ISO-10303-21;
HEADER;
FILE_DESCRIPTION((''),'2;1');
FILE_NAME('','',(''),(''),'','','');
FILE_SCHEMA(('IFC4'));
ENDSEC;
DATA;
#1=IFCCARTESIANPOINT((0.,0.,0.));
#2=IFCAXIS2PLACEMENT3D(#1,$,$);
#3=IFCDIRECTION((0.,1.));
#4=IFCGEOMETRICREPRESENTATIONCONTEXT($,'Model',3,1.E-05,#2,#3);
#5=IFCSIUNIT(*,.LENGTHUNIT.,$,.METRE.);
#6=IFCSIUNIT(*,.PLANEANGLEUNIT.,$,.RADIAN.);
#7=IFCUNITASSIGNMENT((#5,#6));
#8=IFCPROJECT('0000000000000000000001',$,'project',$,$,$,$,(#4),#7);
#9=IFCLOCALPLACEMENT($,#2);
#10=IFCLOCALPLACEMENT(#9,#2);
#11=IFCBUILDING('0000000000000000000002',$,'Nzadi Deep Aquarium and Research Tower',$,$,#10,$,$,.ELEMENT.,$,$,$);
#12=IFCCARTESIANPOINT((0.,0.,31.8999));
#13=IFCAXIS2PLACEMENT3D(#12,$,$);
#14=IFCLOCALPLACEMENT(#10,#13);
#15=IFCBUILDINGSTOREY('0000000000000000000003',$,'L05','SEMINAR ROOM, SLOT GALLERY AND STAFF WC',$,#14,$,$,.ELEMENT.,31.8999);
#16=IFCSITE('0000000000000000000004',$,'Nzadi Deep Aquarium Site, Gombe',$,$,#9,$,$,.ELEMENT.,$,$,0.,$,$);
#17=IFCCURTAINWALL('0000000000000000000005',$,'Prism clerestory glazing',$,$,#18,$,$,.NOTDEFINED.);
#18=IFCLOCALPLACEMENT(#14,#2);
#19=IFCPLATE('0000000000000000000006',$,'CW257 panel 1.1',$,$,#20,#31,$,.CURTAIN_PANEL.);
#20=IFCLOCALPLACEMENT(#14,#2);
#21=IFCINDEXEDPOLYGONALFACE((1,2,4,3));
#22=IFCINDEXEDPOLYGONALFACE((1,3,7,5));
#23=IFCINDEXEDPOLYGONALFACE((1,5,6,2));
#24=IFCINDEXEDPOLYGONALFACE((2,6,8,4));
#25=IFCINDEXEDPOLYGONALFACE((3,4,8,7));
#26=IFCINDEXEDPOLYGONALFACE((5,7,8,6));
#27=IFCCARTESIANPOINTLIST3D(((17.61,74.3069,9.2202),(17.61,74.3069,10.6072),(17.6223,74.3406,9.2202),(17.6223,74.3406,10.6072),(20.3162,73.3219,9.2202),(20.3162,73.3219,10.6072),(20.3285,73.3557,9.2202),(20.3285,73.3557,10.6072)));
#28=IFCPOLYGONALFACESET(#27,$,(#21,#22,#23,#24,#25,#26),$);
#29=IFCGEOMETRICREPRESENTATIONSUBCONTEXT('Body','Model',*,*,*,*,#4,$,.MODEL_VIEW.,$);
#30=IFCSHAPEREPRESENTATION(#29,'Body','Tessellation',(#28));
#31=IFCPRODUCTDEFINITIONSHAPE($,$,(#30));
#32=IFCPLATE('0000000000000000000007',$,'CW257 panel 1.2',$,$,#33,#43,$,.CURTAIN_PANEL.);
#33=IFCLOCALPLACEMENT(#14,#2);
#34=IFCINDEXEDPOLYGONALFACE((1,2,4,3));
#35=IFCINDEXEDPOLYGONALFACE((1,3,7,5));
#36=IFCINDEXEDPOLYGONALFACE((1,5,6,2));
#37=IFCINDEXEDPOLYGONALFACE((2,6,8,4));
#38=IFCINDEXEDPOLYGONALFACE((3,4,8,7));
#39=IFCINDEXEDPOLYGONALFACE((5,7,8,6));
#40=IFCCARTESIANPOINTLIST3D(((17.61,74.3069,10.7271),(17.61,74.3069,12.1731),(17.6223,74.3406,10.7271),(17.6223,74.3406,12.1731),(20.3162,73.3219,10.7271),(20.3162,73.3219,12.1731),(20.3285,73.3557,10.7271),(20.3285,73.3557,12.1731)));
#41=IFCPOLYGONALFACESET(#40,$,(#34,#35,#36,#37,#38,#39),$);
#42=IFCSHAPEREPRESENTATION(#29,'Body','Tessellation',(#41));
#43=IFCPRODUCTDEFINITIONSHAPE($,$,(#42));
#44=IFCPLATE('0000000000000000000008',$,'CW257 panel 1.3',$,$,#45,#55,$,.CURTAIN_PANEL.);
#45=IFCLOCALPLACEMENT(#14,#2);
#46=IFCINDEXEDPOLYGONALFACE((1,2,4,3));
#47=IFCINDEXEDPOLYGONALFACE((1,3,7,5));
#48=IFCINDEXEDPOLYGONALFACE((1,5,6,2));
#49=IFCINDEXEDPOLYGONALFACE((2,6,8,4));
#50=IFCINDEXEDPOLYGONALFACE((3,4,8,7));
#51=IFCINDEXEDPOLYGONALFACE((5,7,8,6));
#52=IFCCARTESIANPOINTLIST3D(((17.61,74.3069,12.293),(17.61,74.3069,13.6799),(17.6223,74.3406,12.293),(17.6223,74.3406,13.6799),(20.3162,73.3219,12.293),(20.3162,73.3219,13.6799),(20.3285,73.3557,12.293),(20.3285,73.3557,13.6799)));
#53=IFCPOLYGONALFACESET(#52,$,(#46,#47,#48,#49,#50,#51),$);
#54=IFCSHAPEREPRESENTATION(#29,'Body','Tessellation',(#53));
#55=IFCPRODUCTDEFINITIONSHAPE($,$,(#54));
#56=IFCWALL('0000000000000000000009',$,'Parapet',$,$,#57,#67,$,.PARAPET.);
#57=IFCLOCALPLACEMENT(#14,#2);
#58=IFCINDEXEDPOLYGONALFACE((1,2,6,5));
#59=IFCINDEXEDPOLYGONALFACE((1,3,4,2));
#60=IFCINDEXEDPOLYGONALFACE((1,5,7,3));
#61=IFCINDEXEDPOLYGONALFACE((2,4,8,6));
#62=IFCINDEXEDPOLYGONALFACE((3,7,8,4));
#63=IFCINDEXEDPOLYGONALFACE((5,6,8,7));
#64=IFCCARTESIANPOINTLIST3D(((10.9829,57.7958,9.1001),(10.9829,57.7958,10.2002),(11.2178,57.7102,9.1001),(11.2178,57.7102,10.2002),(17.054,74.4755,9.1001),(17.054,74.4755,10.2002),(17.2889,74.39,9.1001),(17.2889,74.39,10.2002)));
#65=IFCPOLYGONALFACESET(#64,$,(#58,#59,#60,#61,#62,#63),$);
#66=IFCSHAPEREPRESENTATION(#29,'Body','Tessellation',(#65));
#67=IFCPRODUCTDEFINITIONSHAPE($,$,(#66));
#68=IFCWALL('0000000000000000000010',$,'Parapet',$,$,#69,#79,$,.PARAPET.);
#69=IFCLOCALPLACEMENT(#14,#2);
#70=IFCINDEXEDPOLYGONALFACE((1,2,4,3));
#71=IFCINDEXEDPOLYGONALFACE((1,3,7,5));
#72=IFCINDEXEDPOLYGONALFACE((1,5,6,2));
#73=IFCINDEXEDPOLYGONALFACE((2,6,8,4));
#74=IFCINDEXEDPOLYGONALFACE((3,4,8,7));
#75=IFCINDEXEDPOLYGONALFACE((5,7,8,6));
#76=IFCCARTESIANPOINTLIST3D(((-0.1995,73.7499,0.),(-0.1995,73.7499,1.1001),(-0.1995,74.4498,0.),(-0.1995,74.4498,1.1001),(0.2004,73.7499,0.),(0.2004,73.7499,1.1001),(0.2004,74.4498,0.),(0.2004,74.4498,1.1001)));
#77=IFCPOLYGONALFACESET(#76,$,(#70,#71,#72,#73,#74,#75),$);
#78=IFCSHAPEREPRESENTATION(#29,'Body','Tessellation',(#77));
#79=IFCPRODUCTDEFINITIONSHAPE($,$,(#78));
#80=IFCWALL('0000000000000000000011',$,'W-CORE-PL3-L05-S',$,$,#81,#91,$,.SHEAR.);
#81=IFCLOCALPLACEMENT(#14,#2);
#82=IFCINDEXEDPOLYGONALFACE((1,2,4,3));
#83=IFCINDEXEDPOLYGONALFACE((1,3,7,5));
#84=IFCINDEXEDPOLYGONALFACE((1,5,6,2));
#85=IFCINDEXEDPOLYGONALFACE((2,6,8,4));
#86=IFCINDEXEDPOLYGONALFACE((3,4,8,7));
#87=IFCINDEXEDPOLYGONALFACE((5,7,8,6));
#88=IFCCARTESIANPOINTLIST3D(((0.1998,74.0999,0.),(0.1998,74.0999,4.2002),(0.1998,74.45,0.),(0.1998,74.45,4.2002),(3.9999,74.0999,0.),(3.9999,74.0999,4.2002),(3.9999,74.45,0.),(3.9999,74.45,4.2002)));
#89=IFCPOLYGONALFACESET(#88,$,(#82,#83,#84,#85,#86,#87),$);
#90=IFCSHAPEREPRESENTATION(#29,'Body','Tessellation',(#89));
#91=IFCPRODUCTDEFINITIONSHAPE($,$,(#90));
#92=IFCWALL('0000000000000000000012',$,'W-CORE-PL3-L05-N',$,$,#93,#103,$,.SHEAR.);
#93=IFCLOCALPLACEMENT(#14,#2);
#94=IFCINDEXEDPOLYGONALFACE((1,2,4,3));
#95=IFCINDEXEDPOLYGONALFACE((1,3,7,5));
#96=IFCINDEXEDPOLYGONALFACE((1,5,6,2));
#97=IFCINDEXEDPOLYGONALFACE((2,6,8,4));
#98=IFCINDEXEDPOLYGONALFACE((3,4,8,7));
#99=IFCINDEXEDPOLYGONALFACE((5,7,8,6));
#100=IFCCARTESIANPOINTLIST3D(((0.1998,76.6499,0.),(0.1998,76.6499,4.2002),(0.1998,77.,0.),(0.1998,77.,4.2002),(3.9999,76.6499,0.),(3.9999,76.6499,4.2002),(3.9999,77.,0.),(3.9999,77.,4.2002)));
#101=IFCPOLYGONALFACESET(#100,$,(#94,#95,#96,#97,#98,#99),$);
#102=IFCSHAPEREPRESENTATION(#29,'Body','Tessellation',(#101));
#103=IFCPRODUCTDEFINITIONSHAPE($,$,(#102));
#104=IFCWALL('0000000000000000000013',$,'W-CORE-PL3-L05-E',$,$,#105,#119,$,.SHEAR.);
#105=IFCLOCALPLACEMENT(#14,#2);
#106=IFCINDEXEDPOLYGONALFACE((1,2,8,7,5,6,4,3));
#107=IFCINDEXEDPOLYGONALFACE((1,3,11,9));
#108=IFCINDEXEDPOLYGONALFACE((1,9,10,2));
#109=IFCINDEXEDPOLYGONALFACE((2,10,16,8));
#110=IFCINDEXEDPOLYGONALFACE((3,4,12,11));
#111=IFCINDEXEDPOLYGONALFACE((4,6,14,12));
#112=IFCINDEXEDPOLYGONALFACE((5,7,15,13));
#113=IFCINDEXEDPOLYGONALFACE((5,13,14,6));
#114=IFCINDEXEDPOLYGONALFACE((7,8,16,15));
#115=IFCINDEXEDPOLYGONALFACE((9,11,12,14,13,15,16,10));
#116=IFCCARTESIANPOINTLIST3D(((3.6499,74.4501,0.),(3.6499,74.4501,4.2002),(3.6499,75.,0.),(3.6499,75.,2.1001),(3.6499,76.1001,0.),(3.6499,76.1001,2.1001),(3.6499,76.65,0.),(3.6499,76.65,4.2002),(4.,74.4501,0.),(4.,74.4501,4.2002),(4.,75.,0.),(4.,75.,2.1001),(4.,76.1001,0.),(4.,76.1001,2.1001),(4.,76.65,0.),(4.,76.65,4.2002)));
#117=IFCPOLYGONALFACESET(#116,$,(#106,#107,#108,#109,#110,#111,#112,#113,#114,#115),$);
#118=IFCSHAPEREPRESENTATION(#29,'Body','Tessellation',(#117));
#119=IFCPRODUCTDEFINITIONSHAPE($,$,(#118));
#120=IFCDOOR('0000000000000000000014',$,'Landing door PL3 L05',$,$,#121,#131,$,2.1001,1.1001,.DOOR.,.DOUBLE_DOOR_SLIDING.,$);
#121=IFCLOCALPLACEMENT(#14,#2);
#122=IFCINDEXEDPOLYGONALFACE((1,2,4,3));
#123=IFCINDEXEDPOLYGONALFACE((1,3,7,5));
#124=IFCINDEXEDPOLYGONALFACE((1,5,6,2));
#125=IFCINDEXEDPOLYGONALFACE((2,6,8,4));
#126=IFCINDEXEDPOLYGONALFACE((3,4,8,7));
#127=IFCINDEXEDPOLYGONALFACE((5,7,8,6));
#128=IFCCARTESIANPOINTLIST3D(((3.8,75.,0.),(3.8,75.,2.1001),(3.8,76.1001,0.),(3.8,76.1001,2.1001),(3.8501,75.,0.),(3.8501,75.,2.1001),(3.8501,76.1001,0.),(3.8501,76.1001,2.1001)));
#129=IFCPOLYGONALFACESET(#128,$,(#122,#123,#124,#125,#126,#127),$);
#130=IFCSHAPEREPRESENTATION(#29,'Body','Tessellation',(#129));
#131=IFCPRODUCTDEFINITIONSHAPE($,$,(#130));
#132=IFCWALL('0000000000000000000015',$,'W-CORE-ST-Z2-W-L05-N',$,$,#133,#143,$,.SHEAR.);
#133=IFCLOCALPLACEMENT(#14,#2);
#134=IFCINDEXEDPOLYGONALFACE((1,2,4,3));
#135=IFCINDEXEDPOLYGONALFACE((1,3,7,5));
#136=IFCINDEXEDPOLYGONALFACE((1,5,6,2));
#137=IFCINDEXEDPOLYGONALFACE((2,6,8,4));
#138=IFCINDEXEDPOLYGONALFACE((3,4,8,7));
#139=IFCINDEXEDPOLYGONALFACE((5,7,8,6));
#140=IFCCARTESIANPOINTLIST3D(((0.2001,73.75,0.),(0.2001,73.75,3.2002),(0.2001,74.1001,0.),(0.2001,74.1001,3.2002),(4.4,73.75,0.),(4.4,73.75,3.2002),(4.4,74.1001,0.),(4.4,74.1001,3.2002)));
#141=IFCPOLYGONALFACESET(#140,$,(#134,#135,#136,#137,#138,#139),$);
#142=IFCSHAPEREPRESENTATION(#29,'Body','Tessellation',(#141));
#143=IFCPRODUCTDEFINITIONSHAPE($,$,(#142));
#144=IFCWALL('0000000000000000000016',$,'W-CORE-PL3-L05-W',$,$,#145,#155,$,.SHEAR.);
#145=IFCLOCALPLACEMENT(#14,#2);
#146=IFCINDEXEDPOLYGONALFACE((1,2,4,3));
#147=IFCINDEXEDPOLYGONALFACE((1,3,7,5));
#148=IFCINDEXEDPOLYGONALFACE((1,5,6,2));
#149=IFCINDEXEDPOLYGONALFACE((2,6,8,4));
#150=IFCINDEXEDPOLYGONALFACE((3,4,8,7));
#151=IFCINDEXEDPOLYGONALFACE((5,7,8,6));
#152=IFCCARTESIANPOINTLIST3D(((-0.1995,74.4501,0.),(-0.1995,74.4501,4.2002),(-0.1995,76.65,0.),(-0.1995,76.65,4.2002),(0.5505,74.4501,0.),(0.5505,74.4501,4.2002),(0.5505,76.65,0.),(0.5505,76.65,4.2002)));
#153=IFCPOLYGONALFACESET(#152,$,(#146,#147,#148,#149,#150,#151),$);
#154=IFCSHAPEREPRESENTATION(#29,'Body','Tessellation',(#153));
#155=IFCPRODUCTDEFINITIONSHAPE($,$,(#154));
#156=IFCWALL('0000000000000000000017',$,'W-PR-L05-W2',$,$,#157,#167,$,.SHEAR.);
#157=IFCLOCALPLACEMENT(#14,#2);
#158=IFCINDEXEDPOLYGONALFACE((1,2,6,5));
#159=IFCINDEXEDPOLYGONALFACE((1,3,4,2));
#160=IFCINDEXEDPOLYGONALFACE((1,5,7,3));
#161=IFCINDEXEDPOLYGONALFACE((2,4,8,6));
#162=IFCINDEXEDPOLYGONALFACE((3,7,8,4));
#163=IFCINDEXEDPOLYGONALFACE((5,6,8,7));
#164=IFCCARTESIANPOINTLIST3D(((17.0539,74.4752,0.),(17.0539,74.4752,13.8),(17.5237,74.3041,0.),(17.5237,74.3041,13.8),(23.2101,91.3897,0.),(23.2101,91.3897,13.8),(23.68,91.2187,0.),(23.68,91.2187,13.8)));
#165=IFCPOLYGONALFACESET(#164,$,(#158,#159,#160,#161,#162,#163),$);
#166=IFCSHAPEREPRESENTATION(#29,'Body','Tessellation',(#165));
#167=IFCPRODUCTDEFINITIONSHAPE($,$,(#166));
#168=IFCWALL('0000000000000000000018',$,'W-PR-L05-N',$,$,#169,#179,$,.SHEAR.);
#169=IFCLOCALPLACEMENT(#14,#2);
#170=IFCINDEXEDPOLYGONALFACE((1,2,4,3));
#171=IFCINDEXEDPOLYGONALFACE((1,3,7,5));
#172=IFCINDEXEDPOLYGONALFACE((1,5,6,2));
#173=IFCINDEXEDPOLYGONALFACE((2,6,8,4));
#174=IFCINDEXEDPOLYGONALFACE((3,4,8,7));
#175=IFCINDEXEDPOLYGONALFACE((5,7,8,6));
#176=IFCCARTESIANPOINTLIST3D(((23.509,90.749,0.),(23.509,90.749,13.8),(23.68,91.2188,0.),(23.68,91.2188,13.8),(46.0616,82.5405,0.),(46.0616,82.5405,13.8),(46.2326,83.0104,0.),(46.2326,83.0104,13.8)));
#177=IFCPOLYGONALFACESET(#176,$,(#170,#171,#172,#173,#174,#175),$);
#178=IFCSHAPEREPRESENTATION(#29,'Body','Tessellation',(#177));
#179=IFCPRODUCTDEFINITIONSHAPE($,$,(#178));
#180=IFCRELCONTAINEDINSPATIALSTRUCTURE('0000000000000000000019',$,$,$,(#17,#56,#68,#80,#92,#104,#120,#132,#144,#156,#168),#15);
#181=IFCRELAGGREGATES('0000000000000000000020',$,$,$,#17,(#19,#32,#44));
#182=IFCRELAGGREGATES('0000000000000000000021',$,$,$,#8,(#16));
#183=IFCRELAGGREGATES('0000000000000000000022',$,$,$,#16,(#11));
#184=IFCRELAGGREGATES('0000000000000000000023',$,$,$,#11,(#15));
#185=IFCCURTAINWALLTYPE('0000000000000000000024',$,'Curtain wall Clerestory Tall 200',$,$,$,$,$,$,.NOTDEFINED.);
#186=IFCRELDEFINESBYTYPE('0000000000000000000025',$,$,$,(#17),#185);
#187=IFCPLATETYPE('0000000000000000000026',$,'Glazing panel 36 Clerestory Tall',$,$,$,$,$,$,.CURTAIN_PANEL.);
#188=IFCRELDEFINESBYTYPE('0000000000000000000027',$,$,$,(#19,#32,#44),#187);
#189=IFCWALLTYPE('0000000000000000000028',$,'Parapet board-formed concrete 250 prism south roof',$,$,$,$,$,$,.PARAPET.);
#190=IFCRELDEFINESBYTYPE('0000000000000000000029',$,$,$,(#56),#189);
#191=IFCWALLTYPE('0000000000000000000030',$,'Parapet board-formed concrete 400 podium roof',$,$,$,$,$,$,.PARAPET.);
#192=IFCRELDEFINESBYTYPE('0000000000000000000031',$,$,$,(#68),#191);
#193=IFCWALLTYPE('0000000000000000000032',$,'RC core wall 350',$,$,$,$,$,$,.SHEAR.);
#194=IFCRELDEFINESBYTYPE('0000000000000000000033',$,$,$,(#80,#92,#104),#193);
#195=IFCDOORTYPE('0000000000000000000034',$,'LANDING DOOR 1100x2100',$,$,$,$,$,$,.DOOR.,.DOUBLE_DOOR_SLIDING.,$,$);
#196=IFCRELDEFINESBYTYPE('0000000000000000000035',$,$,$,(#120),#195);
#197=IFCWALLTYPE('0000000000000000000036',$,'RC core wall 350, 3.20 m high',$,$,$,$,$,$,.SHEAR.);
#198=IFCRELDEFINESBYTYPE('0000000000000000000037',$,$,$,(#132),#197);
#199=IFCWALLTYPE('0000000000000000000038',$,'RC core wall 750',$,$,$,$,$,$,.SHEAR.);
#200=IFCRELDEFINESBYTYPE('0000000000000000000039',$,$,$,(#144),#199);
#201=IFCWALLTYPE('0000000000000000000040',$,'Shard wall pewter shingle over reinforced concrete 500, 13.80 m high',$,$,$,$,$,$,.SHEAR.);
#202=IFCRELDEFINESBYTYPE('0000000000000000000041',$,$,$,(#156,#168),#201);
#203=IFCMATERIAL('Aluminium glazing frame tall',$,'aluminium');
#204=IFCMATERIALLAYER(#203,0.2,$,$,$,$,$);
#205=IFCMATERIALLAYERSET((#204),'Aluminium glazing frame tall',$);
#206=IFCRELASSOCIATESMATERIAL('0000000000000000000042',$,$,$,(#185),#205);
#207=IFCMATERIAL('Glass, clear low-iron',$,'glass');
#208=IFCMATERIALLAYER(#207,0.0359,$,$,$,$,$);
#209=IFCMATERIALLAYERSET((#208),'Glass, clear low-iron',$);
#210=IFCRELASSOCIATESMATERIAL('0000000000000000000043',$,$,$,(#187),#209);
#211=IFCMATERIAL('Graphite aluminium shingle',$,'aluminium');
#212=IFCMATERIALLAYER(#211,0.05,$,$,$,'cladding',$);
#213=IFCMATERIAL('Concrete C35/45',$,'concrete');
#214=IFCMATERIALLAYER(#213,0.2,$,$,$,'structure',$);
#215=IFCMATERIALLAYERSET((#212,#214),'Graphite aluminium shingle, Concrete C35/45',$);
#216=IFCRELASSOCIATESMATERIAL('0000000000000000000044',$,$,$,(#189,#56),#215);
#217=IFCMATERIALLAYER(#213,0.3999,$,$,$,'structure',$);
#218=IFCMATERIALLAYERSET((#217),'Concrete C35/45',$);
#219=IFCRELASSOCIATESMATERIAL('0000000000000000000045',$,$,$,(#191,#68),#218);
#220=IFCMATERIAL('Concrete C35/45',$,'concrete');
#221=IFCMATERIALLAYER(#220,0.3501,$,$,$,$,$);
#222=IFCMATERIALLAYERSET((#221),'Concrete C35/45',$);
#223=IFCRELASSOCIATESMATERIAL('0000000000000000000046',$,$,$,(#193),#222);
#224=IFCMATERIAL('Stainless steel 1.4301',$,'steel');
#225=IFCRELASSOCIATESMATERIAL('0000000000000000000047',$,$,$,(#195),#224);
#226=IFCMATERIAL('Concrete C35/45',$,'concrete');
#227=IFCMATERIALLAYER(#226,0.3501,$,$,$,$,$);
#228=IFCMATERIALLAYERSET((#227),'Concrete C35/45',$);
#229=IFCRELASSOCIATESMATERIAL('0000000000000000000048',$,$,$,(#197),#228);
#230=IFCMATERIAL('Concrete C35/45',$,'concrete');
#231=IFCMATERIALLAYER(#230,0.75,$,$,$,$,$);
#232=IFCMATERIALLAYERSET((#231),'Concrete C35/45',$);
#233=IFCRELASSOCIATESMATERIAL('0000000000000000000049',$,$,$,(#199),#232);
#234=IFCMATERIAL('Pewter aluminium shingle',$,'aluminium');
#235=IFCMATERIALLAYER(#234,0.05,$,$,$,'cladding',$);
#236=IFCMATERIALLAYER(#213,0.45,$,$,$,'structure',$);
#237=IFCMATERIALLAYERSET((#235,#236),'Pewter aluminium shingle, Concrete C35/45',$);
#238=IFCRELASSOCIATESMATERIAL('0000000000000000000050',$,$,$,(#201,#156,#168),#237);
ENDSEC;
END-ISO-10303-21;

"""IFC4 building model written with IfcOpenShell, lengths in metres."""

from ifc_helpers import new_model, si_unit, direction, frame, frame_2d, origin, origin_2d, place, context, subcontext, project, spatial, rectangle, extrude, material, layer, layer_set, layer_usage, type_object, element, fill, aggregate, save


model = new_model("IFC4")

# Units and contexts
model_context = context("Model", 3, precision=1e-05, world=origin(), true_north=direction((0.0, 1.0)))
body_context = subcontext(model_context, "Body", "Model", "MODEL_VIEW")
ifc_project = project(units=[si_unit("LENGTHUNIT", "METRE"), si_unit("PLANEANGLEUNIT", "RADIAN")], contexts=[model_context])

# Site, building, storey
site_placement = place(None, origin())
site = spatial("IfcSite", under=ifc_project, at=site_placement, Name="Nzadi Deep Aquarium Site, Gombe", CompositionType="ELEMENT", RefElevation=0.0)
building_placement = place(site_placement, origin())
building = spatial("IfcBuilding", under=site, at=building_placement, Name="Nzadi Deep Aquarium and Research Tower", CompositionType="ELEMENT")
storey_placement = place(building_placement, frame((0.0, 0.0, 31.8999)))
storey = spatial("IfcBuildingStorey", under=building, at=storey_placement, Name="L05", Description="SEMINAR ROOM, SLOT GALLERY AND STAFF WC", CompositionType="ELEMENT", Elevation=31.8999)

# Curtain wall
ifc_material_1 = material(Name="Aluminium glazing frame tall", Category="aluminium")
ifc_layer_1 = layer(ifc_material_1, 0.2)
ifc_layer_set_1 = layer_set([ifc_layer_1], Name="Aluminium glazing frame tall")
curtain_wall_type = type_object("IfcCurtainWallType", Name="Curtain wall Clerestory Tall 200", PredefinedType="NOTDEFINED", material=ifc_layer_set_1)
curtain_wall_placement = place(storey_placement, origin())
curtain_wall = element("IfcCurtainWall", 1, at=curtain_wall_placement, inside=storey, type_object=curtain_wall_type, Name="Prism clerestory glazing", PredefinedType="NOTDEFINED")

# Plates
ifc_material_2 = material(Name="Glass, clear low-iron", Category="glass")
ifc_layer_2 = layer(ifc_material_2, 0.0359)
ifc_layer_set_2 = layer_set([ifc_layer_2], Name="Glass, clear low-iron")
plate_type = type_object("IfcPlateType", Name="Glazing panel 36 Clerestory Tall", PredefinedType="CURTAIN_PANEL", material=ifc_layer_set_2)
plate_1_placement = place(storey_placement, frame((18.9692, 73.8313, 9.2202), z_axis=(0.0, 0.0, 1.0), x_axis=(0.939693, -0.34202, 0.0)))
plate_1 = element("IfcPlate", 2, at=plate_1_placement, type_object=plate_type, Name="CW257 panel 1.1", PredefinedType="CURTAIN_PANEL", context=body_context, shape_type="SweptSolid", body=[
    extrude(rectangle(XDim=2.8799, YDim=0.0359, at=origin_2d()), origin(), (0.0, 0.0, 1.0), 1.387),
])
plate_2_placement = place(storey_placement, frame((18.9692, 73.8313, 10.7271), z_axis=(0.0, 0.0, 1.0), x_axis=(0.939693, -0.34202, 0.0)))
plate_2 = element("IfcPlate", 3, at=plate_2_placement, type_object=plate_type, Name="CW257 panel 1.2", PredefinedType="CURTAIN_PANEL", context=body_context, shape_type="SweptSolid", body=[
    extrude(rectangle(XDim=2.8799, YDim=0.0359, at=origin_2d()), origin(), (0.0, 0.0, 1.0), 1.446),
])
plate_3_placement = place(storey_placement, frame((18.9692, 73.8313, 12.293), z_axis=(0.0, 0.0, 1.0), x_axis=(0.939693, -0.34202, 0.0)))
plate_3 = element("IfcPlate", 4, at=plate_3_placement, type_object=plate_type, Name="CW257 panel 1.3", PredefinedType="CURTAIN_PANEL", context=body_context, shape_type="SweptSolid", body=[
    extrude(rectangle(XDim=2.8799, YDim=0.0359, at=origin_2d()), origin(), (0.0, 0.0, 1.0), 1.387),
])
aggregate(curtain_wall, [plate_1, plate_2, plate_3])

# Walls
ifc_material_3 = material(Name="Graphite aluminium shingle", Category="aluminium")
ifc_layer_3 = layer(ifc_material_3, 0.05, Category="cladding")
ifc_material_4 = material(Name="Concrete C35/45", Category="concrete")
ifc_layer_4 = layer(ifc_material_4, 0.2, Category="structure")
ifc_layer_set_3 = layer_set([ifc_layer_3, ifc_layer_4], Name="Graphite aluminium shingle, Concrete C35/45")
ifc_layer_usage_1 = layer_usage(ifc_layer_set_3, "AXIS2", "POSITIVE", -0.125)
wall_type_1 = type_object("IfcWallType", Name="Parapet board-formed concrete 250 prism south roof", PredefinedType="PARAPET", material=ifc_layer_set_3)
wall_1_placement = place(storey_placement, frame((17.1714, 74.4326, 9.1001), z_axis=(0.0, 0.0, 1.0), x_axis=(-0.342027, -0.93969, 0.0)))
element("IfcWall", 5, at=wall_1_placement, inside=storey, type_object=wall_type_1, material=ifc_layer_usage_1, Name="Parapet", PredefinedType="PARAPET", context=body_context, shape_type="SweptSolid", body=[
    extrude(rectangle(XDim=17.7502, YDim=0.25, at=frame_2d((8.875, 0.0))), origin(), (0.0, 0.0, 1.0), 1.1001),
])
ifc_layer_5 = layer(ifc_material_4, 0.3999, Category="structure")
ifc_layer_set_4 = layer_set([ifc_layer_5], Name="Concrete C35/45")
ifc_layer_usage_2 = layer_usage(ifc_layer_set_4, "AXIS2", "POSITIVE", -0.2)
wall_type_2 = type_object("IfcWallType", Name="Parapet board-formed concrete 400 podium roof", PredefinedType="PARAPET", material=ifc_layer_set_4)
wall_2_placement = place(storey_placement, frame((0.0005, 74.45, 0.0), z_axis=(0.0, 0.0, 1.0), x_axis=(0.0, -1.0, 0.0)))
element("IfcWall", 6, at=wall_2_placement, inside=storey, type_object=wall_type_2, material=ifc_layer_usage_2, Name="Parapet", PredefinedType="PARAPET", context=body_context, shape_type="SweptSolid", body=[
    extrude(rectangle(XDim=0.7, YDim=0.3999, at=frame_2d((0.3501, 0.0))), origin(), (0.0, 0.0, 1.0), 1.1001),
])
ifc_material_5 = material(Name="Concrete C35/45", Category="concrete")
ifc_layer_6 = layer(ifc_material_5, 0.3501)
ifc_layer_set_5 = layer_set([ifc_layer_6], Name="Concrete C35/45")
wall_type_3 = type_object("IfcWallType", Name="RC core wall 350", PredefinedType="SHEAR", material=ifc_layer_set_5)
for number, where, z_axis, x_axis, name in (
    (7, (0.2, 74.2749, 0.0), (0.0, 0.0, 1.0), (1.0, 0.0, 0.0), "W-CORE-PL3-L05-S"),
    (8, (0.2, 76.825, 0.0), (0.0, 0.0, 1.0), (1.0, 0.0, 0.0), "W-CORE-PL3-L05-N"),
):
    element("IfcWall", number, at=place(storey_placement, frame(where, z_axis=z_axis, x_axis=x_axis)), inside=storey, type_object=wall_type_3, Name=name, PredefinedType="SHEAR", context=body_context, shape_type="SweptSolid", body=[
        extrude(rectangle(XDim=3.8, YDim=0.3501, at=frame_2d((1.8999, 0.0))), origin(), (0.0, 0.0, 1.0), 4.2002),
    ])

# Wall, opening, door
wall_3_placement = place(storey_placement, frame((3.825, 74.45, 0.0), z_axis=(0.0, 0.0, 1.0), x_axis=(0.0, 1.0, 0.0)))
wall_3 = element("IfcWall", 9, at=wall_3_placement, inside=storey, type_object=wall_type_3, Name="W-CORE-PL3-L05-E", PredefinedType="SHEAR", context=body_context, shape_type="SweptSolid", body=[
    extrude(rectangle(XDim=2.2, YDim=0.3501, at=frame_2d((1.1001, 0.0))), origin(), (0.0, 0.0, 1.0), 4.2002),
])
opening_placement = place(wall_3_placement, frame((0.55, 0.0, 0.0)))
opening = element("IfcOpeningElement", 10, at=opening_placement, cuts=wall_3, PredefinedType="OPENING", context=body_context, shape_type="SweptSolid", body=[
    extrude(rectangle(XDim=1.1001, YDim=2.1001, at=frame_2d((0.55, 1.05))), frame((0.0, 0.1851, 0.0), z_axis=(0.0, -1.0, 0.0), x_axis=(1.0, 0.0, 0.0)), (0.0, 0.0, 1.0), 0.3701),
])
ifc_material_6 = material(Name="Stainless steel 1.4301", Category="steel")
door_type = type_object("IfcDoorType", Name="LANDING DOOR 1100x2100", OperationType="DOUBLE_DOOR_SLIDING", PredefinedType="DOOR", material=ifc_material_6)
door_placement = place(opening_placement, origin())
door = element("IfcDoor", 11, at=door_placement, inside=storey, type_object=door_type, Name="Landing door PL3 L05", OperationType="DOUBLE_DOOR_SLIDING", OverallHeight=2.1001, OverallWidth=1.1001, PredefinedType="DOOR", context=body_context, shape_type="SweptSolid", body=[
    extrude(rectangle(XDim=1.1001, YDim=2.1001, at=frame_2d((0.55, 1.05))), frame((0.0, 0.0249, 0.0), z_axis=(0.0, -1.0, 0.0), x_axis=(1.0, 0.0, 0.0)), (0.0, 0.0, 1.0), 0.05),
])
fill(opening, door)

# Walls
ifc_material_7 = material(Name="Concrete C35/45", Category="concrete")
ifc_layer_7 = layer(ifc_material_7, 0.3501)
ifc_layer_set_6 = layer_set([ifc_layer_7], Name="Concrete C35/45")
wall_type_4 = type_object("IfcWallType", Name="RC core wall 350, 3.20 m high", PredefinedType="SHEAR", material=ifc_layer_set_6)
wall_4_placement = place(storey_placement, frame((0.2, 73.925, 0.0), z_axis=(0.0, 0.0, 1.0), x_axis=(1.0, 0.0, 0.0)))
element("IfcWall", 12, at=wall_4_placement, inside=storey, type_object=wall_type_4, Name="W-CORE-ST-Z2-W-L05-N", PredefinedType="SHEAR", context=body_context, shape_type="SweptSolid", body=[
    extrude(rectangle(XDim=4.2, YDim=0.3501, at=frame_2d((2.1001, 0.0))), origin(), (0.0, 0.0, 1.0), 3.2002),
])
ifc_material_8 = material(Name="Concrete C35/45", Category="concrete")
ifc_layer_8 = layer(ifc_material_8, 0.75)
ifc_layer_set_7 = layer_set([ifc_layer_8], Name="Concrete C35/45")
wall_type_5 = type_object("IfcWallType", Name="RC core wall 750", PredefinedType="SHEAR", material=ifc_layer_set_7)
wall_5_placement = place(storey_placement, frame((0.1755, 74.45, 0.0), z_axis=(0.0, 0.0, 1.0), x_axis=(0.0, 1.0, 0.0)))
element("IfcWall", 13, at=wall_5_placement, inside=storey, type_object=wall_type_5, Name="W-CORE-PL3-L05-W", PredefinedType="SHEAR", context=body_context, shape_type="SweptSolid", body=[
    extrude(rectangle(XDim=2.2, YDim=0.75, at=frame_2d((1.1001, 0.0))), origin(), (0.0, 0.0, 1.0), 4.2002),
])
ifc_material_9 = material(Name="Pewter aluminium shingle", Category="aluminium")
ifc_layer_9 = layer(ifc_material_9, 0.05, Category="cladding")
ifc_layer_10 = layer(ifc_material_4, 0.45, Category="structure")
ifc_layer_set_8 = layer_set([ifc_layer_9, ifc_layer_10], Name="Pewter aluminium shingle, Concrete C35/45")
ifc_layer_usage_3 = layer_usage(ifc_layer_set_8, "AXIS2", "POSITIVE", -0.25)
wall_type_6 = type_object("IfcWallType", Name="Shard wall pewter shingle over reinforced concrete 500, 13.80 m high", PredefinedType="SHEAR", material=ifc_layer_set_8)
wall_6_placement = place(storey_placement, frame((17.2888, 74.3896, 0.0), z_axis=(0.0, 0.0, 1.0), x_axis=(0.342013, 0.939695, 0.0)))
element("IfcWall", 14, at=wall_6_placement, inside=storey, type_object=wall_type_6, material=ifc_layer_usage_3, Name="W-PR-L05-W2", PredefinedType="SHEAR", context=body_context, shape_type="SweptSolid", body=[
    extrude(rectangle(XDim=18.0, YDim=0.5, at=frame_2d((9.0, 0.0))), origin(), (0.0, 0.0, 1.0), 13.8),
])
ifc_layer_usage_4 = layer_usage(ifc_layer_set_8, "AXIS2", "POSITIVE", -0.25)
wall_7_placement = place(storey_placement, frame((23.5945, 90.9839, 0.0), z_axis=(0.0, 0.0, 1.0), x_axis=(0.939693, -0.342019, 0.0)))
element("IfcWall", 15, at=wall_7_placement, inside=storey, type_object=wall_type_6, material=ifc_layer_usage_4, Name="W-PR-L05-N", PredefinedType="SHEAR", context=body_context, shape_type="SweptSolid", body=[
    extrude(rectangle(XDim=24.0, YDim=0.5, at=frame_2d((12.0, 0.0))), origin(), (0.0, 0.0, 1.0), 13.8),
])

save(model, "model.ifc")
